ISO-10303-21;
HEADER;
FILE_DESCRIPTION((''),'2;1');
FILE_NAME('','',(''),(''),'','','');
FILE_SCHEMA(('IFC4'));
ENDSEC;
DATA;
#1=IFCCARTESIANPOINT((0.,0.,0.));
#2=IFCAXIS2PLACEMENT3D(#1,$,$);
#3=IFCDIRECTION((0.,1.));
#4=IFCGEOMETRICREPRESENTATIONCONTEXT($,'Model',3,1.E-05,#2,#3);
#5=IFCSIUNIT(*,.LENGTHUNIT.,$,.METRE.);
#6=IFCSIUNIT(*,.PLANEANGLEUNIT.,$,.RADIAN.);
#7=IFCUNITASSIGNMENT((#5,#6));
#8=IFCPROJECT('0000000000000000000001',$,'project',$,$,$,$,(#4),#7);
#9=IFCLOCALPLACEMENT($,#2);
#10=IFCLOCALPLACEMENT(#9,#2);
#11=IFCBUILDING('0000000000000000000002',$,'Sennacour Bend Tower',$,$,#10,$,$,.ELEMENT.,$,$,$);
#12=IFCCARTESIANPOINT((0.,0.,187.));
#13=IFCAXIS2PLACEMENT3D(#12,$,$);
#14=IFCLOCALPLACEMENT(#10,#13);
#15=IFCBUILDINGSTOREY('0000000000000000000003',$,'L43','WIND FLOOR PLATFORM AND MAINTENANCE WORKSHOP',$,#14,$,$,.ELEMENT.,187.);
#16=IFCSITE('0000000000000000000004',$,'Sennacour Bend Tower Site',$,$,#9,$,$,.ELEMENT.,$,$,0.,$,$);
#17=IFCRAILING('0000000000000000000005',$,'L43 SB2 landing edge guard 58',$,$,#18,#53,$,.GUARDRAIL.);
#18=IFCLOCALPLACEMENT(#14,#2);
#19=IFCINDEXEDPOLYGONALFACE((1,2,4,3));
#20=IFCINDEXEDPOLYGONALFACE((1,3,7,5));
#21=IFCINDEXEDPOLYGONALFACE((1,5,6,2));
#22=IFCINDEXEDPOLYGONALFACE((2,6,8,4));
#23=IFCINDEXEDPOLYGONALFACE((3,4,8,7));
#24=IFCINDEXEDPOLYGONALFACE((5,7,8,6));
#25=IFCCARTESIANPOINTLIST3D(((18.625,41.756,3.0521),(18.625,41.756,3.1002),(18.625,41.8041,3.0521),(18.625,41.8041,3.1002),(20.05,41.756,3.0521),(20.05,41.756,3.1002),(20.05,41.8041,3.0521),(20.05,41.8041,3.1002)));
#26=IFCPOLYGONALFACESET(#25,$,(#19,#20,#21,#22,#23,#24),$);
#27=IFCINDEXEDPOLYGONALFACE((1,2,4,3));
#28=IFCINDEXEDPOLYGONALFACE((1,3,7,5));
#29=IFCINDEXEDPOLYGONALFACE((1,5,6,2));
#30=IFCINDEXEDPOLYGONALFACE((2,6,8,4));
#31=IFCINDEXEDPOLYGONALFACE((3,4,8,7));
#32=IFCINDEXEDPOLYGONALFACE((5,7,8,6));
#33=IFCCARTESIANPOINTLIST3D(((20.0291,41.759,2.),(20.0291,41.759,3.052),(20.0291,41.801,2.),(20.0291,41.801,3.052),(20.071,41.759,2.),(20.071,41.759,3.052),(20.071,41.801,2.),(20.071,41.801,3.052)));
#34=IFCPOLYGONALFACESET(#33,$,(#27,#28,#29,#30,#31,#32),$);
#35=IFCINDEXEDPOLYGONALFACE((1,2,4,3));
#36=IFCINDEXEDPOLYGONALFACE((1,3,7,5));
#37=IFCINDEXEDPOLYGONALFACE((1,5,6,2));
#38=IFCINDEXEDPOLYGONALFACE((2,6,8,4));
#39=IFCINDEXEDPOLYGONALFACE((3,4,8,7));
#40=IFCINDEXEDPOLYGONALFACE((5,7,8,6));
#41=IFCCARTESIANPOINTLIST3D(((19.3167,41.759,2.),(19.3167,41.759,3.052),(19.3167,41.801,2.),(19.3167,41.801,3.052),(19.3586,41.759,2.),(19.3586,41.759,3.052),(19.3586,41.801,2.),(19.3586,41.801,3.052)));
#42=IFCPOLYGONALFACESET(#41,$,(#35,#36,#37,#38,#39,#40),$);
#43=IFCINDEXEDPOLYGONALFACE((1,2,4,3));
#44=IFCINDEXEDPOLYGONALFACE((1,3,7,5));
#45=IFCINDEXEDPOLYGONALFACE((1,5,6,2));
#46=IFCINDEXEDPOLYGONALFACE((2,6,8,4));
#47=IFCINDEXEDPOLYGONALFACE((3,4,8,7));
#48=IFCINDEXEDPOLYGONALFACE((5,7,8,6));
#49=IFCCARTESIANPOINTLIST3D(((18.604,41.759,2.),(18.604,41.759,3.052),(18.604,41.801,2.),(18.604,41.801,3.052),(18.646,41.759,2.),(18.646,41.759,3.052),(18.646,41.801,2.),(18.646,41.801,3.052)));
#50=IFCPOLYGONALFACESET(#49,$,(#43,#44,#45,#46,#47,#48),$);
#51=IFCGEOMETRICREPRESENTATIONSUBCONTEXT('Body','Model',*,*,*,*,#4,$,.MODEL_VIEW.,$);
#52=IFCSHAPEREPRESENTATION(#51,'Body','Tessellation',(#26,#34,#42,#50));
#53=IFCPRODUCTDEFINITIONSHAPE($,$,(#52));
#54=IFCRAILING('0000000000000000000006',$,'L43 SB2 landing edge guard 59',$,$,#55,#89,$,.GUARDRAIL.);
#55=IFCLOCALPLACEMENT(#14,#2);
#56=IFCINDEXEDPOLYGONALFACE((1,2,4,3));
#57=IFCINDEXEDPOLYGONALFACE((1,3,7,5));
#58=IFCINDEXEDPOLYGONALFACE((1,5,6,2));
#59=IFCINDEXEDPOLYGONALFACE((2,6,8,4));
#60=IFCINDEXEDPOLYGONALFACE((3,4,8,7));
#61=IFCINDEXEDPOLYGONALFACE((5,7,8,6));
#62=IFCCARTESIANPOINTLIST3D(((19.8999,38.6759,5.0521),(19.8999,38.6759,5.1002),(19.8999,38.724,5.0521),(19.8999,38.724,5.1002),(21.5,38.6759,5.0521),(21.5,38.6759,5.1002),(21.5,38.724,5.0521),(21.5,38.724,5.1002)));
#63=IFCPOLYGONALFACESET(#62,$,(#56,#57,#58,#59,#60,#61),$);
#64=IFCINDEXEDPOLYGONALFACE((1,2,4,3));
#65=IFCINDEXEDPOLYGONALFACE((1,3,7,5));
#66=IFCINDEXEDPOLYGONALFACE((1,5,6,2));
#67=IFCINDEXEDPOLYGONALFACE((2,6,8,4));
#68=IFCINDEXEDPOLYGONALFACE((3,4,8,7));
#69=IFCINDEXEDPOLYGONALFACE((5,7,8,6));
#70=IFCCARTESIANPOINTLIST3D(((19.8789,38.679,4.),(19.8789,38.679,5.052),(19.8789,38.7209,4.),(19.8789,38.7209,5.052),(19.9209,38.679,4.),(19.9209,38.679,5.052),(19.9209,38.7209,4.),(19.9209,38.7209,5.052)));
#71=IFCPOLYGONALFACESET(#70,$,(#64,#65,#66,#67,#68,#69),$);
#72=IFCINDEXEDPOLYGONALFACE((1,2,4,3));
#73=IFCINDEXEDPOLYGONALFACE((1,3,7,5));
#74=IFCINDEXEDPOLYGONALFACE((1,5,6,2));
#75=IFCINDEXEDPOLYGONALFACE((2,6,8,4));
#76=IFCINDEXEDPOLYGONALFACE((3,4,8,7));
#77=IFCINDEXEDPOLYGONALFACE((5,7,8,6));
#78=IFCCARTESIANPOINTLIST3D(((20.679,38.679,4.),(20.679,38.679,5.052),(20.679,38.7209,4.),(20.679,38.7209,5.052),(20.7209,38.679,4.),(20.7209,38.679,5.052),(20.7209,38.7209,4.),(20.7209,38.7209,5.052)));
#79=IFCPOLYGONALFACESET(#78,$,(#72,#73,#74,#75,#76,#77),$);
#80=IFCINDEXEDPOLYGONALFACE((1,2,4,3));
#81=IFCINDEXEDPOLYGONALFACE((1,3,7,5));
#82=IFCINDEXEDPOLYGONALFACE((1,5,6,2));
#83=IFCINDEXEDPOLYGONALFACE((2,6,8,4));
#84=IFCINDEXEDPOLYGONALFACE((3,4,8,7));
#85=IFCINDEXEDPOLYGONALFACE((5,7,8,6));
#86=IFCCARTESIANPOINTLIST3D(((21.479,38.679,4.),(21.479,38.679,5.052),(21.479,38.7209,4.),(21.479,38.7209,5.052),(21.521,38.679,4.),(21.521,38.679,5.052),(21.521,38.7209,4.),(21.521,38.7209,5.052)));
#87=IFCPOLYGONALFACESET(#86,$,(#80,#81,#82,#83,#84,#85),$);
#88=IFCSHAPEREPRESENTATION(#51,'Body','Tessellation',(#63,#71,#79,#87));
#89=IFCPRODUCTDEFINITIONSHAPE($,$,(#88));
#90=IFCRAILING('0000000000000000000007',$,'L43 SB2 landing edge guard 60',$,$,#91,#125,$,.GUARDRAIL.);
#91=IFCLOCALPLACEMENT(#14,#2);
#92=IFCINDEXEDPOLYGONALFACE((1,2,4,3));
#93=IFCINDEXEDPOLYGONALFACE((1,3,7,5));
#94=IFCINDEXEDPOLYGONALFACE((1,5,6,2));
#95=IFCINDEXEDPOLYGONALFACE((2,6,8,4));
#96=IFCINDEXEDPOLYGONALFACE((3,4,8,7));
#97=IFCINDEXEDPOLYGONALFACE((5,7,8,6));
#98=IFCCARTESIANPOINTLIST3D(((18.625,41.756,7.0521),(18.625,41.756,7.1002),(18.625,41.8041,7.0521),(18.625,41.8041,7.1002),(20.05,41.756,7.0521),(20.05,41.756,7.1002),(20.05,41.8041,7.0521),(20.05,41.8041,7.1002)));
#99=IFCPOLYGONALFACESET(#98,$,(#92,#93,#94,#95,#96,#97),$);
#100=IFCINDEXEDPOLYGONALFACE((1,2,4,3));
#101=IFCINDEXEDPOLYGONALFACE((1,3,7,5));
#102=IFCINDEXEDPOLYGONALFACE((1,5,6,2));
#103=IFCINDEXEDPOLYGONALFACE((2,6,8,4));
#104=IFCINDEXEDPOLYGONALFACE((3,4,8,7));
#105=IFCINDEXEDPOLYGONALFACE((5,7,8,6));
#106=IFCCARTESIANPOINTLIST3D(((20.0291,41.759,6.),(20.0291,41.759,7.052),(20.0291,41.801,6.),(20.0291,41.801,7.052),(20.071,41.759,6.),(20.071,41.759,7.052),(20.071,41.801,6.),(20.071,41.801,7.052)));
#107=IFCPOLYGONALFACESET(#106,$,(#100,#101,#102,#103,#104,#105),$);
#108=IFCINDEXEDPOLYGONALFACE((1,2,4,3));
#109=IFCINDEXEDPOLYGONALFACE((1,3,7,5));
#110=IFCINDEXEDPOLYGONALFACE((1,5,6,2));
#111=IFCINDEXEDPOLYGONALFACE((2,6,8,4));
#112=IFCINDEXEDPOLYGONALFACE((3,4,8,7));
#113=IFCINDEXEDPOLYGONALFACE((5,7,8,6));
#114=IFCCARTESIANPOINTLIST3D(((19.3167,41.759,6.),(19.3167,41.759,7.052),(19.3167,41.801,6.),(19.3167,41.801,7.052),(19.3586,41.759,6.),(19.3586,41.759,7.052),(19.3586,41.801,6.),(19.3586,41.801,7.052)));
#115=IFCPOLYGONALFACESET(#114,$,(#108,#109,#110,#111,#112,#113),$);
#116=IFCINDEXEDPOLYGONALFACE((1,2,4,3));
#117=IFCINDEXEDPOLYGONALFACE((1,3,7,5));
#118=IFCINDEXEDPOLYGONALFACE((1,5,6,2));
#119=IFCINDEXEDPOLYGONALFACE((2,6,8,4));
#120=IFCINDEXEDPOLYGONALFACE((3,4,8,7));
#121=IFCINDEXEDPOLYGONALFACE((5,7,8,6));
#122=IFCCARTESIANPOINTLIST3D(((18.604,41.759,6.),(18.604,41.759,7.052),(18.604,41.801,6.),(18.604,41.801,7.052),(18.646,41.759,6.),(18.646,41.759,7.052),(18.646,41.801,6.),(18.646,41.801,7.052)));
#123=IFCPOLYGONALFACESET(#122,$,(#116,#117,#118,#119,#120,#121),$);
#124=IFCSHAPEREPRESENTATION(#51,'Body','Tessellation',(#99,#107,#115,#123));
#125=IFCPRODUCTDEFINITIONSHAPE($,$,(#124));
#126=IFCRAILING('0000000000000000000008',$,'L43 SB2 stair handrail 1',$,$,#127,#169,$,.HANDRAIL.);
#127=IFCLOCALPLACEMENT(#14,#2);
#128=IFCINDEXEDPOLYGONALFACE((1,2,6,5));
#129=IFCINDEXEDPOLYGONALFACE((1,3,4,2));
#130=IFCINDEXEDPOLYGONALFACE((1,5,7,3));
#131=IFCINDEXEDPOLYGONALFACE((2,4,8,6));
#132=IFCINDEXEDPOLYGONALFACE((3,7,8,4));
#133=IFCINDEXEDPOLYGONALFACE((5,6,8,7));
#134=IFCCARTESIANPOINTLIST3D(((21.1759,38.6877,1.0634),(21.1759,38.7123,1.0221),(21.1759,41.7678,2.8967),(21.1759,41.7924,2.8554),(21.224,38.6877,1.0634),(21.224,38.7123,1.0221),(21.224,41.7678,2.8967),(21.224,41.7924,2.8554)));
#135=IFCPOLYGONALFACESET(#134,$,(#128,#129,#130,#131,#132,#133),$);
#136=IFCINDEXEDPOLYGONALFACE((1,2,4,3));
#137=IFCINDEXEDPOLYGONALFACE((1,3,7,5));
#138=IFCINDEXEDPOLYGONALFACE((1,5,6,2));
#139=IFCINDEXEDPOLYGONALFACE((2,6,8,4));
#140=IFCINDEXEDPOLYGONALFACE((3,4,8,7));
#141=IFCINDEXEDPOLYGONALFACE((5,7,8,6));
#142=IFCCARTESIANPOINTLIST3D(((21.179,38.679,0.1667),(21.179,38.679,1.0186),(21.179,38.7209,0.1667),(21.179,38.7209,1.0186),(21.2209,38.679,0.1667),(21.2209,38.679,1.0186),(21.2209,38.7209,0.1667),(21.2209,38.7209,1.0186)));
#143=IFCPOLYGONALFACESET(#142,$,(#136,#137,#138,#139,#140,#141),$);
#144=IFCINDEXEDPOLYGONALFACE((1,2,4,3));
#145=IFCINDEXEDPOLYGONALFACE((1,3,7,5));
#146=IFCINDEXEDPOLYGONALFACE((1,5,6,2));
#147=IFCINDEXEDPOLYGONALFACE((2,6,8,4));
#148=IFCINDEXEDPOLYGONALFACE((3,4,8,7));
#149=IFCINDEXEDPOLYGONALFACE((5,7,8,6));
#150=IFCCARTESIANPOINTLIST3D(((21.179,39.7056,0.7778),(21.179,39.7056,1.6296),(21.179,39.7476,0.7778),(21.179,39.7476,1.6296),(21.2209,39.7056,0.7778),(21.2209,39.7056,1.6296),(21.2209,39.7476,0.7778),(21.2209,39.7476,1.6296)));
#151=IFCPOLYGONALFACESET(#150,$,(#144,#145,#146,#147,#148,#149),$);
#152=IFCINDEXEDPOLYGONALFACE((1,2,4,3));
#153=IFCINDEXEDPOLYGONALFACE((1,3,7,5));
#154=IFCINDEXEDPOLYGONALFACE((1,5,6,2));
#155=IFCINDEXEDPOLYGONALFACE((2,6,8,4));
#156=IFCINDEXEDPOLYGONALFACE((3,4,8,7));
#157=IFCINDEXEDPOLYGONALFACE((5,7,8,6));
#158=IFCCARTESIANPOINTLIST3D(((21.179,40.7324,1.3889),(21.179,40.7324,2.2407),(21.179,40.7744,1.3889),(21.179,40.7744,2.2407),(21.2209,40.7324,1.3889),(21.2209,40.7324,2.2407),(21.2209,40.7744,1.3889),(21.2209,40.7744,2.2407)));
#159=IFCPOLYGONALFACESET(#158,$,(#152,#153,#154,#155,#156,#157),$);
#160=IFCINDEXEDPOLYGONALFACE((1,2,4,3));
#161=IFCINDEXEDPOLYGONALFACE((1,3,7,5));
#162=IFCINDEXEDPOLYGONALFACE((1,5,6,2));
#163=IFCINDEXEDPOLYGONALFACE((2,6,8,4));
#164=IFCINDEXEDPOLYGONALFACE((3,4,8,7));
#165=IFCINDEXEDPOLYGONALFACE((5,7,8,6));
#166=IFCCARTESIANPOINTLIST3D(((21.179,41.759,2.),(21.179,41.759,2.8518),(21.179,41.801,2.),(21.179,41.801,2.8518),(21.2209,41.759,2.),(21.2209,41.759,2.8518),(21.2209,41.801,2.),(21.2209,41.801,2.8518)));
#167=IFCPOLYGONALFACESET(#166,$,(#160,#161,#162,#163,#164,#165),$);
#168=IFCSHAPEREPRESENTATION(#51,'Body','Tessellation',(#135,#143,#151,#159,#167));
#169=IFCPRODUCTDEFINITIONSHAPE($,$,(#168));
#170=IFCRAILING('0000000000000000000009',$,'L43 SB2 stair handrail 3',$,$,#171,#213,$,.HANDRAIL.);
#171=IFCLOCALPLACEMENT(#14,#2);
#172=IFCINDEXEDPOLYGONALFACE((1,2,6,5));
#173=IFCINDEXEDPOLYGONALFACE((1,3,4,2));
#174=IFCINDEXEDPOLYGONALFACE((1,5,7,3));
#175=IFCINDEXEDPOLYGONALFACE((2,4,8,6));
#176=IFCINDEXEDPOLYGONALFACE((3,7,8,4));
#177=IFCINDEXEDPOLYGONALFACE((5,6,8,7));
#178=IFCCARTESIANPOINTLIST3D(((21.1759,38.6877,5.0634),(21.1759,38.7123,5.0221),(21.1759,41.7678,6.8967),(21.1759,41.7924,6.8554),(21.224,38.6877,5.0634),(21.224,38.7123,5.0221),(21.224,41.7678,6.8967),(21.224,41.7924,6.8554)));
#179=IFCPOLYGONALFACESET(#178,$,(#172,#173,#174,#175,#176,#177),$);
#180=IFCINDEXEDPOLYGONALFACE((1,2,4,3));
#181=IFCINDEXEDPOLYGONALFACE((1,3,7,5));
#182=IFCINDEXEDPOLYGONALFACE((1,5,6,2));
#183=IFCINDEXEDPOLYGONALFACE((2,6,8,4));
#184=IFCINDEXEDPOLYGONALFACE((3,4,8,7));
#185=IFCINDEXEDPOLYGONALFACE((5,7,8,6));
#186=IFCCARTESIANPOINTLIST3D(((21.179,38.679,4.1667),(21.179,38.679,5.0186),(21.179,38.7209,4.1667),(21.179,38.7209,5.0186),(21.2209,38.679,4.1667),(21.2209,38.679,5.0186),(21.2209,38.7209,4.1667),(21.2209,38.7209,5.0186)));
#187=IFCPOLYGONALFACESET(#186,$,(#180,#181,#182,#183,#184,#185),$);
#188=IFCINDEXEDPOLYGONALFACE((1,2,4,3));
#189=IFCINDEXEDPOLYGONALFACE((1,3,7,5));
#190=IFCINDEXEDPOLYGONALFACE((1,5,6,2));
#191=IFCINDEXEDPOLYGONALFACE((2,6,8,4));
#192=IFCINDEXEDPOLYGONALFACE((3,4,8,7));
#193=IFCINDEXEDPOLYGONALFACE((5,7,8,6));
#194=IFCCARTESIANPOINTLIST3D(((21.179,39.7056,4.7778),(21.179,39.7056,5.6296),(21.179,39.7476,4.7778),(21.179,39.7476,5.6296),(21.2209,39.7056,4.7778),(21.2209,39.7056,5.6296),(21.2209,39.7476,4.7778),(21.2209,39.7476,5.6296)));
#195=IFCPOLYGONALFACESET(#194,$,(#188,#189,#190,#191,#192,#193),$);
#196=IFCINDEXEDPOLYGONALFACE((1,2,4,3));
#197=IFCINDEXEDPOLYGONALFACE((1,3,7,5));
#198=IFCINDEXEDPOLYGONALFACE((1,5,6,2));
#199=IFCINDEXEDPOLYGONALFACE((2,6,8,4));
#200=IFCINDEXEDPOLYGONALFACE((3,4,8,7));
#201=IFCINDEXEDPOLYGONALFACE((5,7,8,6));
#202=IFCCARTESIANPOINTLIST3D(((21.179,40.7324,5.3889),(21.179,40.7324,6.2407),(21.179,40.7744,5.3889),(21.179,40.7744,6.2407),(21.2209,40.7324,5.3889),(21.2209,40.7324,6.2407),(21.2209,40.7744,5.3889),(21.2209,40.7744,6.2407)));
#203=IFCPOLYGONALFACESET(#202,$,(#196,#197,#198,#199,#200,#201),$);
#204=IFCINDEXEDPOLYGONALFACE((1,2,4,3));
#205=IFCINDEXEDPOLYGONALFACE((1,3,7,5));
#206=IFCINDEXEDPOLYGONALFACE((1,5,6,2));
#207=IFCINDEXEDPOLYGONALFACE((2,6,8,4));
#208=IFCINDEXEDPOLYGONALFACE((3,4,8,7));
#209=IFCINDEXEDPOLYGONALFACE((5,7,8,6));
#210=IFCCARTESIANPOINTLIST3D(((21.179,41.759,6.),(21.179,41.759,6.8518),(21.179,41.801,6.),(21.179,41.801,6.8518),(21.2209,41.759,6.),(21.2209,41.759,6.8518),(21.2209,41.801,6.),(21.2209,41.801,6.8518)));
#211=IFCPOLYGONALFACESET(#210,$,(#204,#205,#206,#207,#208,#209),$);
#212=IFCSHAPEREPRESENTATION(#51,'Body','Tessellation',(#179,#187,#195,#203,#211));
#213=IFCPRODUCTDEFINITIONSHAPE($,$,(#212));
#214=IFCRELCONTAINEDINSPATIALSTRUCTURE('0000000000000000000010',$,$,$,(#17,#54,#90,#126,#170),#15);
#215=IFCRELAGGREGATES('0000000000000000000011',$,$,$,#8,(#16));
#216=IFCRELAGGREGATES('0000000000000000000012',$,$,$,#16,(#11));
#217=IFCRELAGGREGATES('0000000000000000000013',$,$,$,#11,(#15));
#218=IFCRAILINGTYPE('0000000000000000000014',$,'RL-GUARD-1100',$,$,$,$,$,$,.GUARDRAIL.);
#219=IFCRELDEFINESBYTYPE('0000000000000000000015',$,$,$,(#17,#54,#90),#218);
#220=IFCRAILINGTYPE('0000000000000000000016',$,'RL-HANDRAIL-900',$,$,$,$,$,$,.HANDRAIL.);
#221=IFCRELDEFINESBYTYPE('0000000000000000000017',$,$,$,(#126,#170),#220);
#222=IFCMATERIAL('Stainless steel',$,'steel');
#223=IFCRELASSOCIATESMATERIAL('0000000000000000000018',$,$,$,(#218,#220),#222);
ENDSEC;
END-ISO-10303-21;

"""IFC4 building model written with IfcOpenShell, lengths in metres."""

from ifc_helpers import new_model, si_unit, direction, frame, origin, origin_2d, place, context, subcontext, project, spatial, rectangle, extrude, material, type_object, element, save


model = new_model("IFC4")

# Units and contexts
model_context = context("Model", 3, precision=1e-05, world=origin(), true_north=direction((0.0, 1.0)))
body_context = subcontext(model_context, "Body", "Model", "MODEL_VIEW")
ifc_project = project(units=[si_unit("LENGTHUNIT", "METRE"), si_unit("PLANEANGLEUNIT", "RADIAN")], contexts=[model_context])

# Site, building, storey
site_placement = place(None, origin())
site = spatial("IfcSite", under=ifc_project, at=site_placement, Name="Sennacour Bend Tower Site", CompositionType="ELEMENT", RefElevation=0.0)
building_placement = place(site_placement, origin())
building = spatial("IfcBuilding", under=site, at=building_placement, Name="Sennacour Bend Tower", CompositionType="ELEMENT")
storey_placement = place(building_placement, frame((0.0, 0.0, 187.0)))
storey = spatial("IfcBuildingStorey", under=building, at=storey_placement, Name="L43", Description="WIND FLOOR PLATFORM AND MAINTENANCE WORKSHOP", CompositionType="ELEMENT", Elevation=187.0)

# Railings
ifc_material_1 = material(Name="Stainless steel", Category="steel")
railing_type_1 = type_object("IfcRailingType", Name="RL-GUARD-1100", PredefinedType="GUARDRAIL", material=ifc_material_1)
railing_1_placement = place(storey_placement, frame((20.05, 41.78, 2.0)))
element("IfcRailing", 1, at=railing_1_placement, inside=storey, type_object=railing_type_1, Name="L43 SB2 landing edge guard 58", PredefinedType="GUARDRAIL", context=body_context, shape_type="SweptSolid", body=[
    extrude(rectangle(XDim=0.0481, YDim=0.0481, at=origin_2d()), frame((0.0, 0.0, 1.0762), z_axis=(-1.0, 0.0, 0.0), x_axis=(0.0, -1.0, 0.0)), (0.0, 0.0, 1.0), 1.425),
    extrude(rectangle(XDim=0.042, YDim=0.042, at=origin_2d()), origin(), (0.0, 0.0, 1.0), 1.052),
    extrude(rectangle(XDim=0.042, YDim=0.042, at=origin_2d()), frame((-0.7124, 0.0, 0.0)), (0.0, 0.0, 1.0), 1.052),
    extrude(rectangle(XDim=0.042, YDim=0.042, at=origin_2d()), frame((-1.425, 0.0, 0.0)), (0.0, 0.0, 1.0), 1.052),
])
railing_2_placement = place(storey_placement, frame((19.8999, 38.7, 4.0)))
element("IfcRailing", 2, at=railing_2_placement, inside=storey, type_object=railing_type_1, Name="L43 SB2 landing edge guard 59", PredefinedType="GUARDRAIL", context=body_context, shape_type="SweptSolid", body=[
    extrude(rectangle(XDim=0.0481, YDim=0.0481, at=origin_2d()), frame((0.0, 0.0, 1.0762), z_axis=(1.0, 0.0, 0.0), x_axis=(0.0, 1.0, 0.0)), (0.0, 0.0, 1.0), 1.6001),
    extrude(rectangle(XDim=0.042, YDim=0.042, at=origin_2d()), origin(), (0.0, 0.0, 1.0), 1.052),
    extrude(rectangle(XDim=0.042, YDim=0.042, at=origin_2d()), frame((0.8, 0.0, 0.0)), (0.0, 0.0, 1.0), 1.052),
    extrude(rectangle(XDim=0.042, YDim=0.042, at=origin_2d()), frame((1.6001, 0.0, 0.0)), (0.0, 0.0, 1.0), 1.052),
])
railing_3_placement = place(storey_placement, frame((20.05, 41.78, 6.0)))
element("IfcRailing", 3, at=railing_3_placement, inside=storey, type_object=railing_type_1, Name="L43 SB2 landing edge guard 60", PredefinedType="GUARDRAIL", context=body_context, shape_type="SweptSolid", body=[
    extrude(rectangle(XDim=0.0481, YDim=0.0481, at=origin_2d()), frame((0.0, 0.0, 1.0762), z_axis=(-1.0, 0.0, 0.0), x_axis=(0.0, -1.0, 0.0)), (0.0, 0.0, 1.0), 1.425),
    extrude(rectangle(XDim=0.042, YDim=0.042, at=origin_2d()), origin(), (0.0, 0.0, 1.0), 1.052),
    extrude(rectangle(XDim=0.042, YDim=0.042, at=origin_2d()), frame((-0.7124, 0.0, 0.0)), (0.0, 0.0, 1.0), 1.052),
    extrude(rectangle(XDim=0.042, YDim=0.042, at=origin_2d()), frame((-1.425, 0.0, 0.0)), (0.0, 0.0, 1.0), 1.052),
])
railing_type_2 = type_object("IfcRailingType", Name="RL-HANDRAIL-900", PredefinedType="HANDRAIL", material=ifc_material_1)
for number, where, name in (
    (4, (21.2, 38.7, 0.1667), "L43 SB2 stair handrail 1"),
    (5, (21.2, 38.7, 4.1667), "L43 SB2 stair handrail 3"),
):
    element("IfcRailing", number, at=place(storey_placement, frame(where)), inside=storey, type_object=railing_type_2, Name=name, PredefinedType="HANDRAIL", context=body_context, shape_type="SweptSolid", body=[
        extrude(rectangle(XDim=0.0481, YDim=0.0481, at=origin_2d()), frame((0.0, 0.0, 0.876), z_axis=(0.0, 0.859309, 0.511458), x_axis=(-1.0, 0.0, 0.0)), (0.0, 0.0, 1.0), 3.5845),
        extrude(rectangle(XDim=0.042, YDim=0.042, at=origin_2d()), origin(), (0.0, 0.0, 1.0), 0.8518),
        extrude(rectangle(XDim=0.042, YDim=0.042, at=origin_2d()), frame((0.0, 1.0266, 0.6111)), (0.0, 0.0, 1.0), 0.8518),
        extrude(rectangle(XDim=0.042, YDim=0.042, at=origin_2d()), frame((0.0, 2.0535, 1.2222)), (0.0, 0.0, 1.0), 0.8518),
        extrude(rectangle(XDim=0.042, YDim=0.042, at=origin_2d()), frame((0.0, 3.0801, 1.8333)), (0.0, 0.0, 1.0), 0.8518),
    ])

save(model, "model.ifc")
